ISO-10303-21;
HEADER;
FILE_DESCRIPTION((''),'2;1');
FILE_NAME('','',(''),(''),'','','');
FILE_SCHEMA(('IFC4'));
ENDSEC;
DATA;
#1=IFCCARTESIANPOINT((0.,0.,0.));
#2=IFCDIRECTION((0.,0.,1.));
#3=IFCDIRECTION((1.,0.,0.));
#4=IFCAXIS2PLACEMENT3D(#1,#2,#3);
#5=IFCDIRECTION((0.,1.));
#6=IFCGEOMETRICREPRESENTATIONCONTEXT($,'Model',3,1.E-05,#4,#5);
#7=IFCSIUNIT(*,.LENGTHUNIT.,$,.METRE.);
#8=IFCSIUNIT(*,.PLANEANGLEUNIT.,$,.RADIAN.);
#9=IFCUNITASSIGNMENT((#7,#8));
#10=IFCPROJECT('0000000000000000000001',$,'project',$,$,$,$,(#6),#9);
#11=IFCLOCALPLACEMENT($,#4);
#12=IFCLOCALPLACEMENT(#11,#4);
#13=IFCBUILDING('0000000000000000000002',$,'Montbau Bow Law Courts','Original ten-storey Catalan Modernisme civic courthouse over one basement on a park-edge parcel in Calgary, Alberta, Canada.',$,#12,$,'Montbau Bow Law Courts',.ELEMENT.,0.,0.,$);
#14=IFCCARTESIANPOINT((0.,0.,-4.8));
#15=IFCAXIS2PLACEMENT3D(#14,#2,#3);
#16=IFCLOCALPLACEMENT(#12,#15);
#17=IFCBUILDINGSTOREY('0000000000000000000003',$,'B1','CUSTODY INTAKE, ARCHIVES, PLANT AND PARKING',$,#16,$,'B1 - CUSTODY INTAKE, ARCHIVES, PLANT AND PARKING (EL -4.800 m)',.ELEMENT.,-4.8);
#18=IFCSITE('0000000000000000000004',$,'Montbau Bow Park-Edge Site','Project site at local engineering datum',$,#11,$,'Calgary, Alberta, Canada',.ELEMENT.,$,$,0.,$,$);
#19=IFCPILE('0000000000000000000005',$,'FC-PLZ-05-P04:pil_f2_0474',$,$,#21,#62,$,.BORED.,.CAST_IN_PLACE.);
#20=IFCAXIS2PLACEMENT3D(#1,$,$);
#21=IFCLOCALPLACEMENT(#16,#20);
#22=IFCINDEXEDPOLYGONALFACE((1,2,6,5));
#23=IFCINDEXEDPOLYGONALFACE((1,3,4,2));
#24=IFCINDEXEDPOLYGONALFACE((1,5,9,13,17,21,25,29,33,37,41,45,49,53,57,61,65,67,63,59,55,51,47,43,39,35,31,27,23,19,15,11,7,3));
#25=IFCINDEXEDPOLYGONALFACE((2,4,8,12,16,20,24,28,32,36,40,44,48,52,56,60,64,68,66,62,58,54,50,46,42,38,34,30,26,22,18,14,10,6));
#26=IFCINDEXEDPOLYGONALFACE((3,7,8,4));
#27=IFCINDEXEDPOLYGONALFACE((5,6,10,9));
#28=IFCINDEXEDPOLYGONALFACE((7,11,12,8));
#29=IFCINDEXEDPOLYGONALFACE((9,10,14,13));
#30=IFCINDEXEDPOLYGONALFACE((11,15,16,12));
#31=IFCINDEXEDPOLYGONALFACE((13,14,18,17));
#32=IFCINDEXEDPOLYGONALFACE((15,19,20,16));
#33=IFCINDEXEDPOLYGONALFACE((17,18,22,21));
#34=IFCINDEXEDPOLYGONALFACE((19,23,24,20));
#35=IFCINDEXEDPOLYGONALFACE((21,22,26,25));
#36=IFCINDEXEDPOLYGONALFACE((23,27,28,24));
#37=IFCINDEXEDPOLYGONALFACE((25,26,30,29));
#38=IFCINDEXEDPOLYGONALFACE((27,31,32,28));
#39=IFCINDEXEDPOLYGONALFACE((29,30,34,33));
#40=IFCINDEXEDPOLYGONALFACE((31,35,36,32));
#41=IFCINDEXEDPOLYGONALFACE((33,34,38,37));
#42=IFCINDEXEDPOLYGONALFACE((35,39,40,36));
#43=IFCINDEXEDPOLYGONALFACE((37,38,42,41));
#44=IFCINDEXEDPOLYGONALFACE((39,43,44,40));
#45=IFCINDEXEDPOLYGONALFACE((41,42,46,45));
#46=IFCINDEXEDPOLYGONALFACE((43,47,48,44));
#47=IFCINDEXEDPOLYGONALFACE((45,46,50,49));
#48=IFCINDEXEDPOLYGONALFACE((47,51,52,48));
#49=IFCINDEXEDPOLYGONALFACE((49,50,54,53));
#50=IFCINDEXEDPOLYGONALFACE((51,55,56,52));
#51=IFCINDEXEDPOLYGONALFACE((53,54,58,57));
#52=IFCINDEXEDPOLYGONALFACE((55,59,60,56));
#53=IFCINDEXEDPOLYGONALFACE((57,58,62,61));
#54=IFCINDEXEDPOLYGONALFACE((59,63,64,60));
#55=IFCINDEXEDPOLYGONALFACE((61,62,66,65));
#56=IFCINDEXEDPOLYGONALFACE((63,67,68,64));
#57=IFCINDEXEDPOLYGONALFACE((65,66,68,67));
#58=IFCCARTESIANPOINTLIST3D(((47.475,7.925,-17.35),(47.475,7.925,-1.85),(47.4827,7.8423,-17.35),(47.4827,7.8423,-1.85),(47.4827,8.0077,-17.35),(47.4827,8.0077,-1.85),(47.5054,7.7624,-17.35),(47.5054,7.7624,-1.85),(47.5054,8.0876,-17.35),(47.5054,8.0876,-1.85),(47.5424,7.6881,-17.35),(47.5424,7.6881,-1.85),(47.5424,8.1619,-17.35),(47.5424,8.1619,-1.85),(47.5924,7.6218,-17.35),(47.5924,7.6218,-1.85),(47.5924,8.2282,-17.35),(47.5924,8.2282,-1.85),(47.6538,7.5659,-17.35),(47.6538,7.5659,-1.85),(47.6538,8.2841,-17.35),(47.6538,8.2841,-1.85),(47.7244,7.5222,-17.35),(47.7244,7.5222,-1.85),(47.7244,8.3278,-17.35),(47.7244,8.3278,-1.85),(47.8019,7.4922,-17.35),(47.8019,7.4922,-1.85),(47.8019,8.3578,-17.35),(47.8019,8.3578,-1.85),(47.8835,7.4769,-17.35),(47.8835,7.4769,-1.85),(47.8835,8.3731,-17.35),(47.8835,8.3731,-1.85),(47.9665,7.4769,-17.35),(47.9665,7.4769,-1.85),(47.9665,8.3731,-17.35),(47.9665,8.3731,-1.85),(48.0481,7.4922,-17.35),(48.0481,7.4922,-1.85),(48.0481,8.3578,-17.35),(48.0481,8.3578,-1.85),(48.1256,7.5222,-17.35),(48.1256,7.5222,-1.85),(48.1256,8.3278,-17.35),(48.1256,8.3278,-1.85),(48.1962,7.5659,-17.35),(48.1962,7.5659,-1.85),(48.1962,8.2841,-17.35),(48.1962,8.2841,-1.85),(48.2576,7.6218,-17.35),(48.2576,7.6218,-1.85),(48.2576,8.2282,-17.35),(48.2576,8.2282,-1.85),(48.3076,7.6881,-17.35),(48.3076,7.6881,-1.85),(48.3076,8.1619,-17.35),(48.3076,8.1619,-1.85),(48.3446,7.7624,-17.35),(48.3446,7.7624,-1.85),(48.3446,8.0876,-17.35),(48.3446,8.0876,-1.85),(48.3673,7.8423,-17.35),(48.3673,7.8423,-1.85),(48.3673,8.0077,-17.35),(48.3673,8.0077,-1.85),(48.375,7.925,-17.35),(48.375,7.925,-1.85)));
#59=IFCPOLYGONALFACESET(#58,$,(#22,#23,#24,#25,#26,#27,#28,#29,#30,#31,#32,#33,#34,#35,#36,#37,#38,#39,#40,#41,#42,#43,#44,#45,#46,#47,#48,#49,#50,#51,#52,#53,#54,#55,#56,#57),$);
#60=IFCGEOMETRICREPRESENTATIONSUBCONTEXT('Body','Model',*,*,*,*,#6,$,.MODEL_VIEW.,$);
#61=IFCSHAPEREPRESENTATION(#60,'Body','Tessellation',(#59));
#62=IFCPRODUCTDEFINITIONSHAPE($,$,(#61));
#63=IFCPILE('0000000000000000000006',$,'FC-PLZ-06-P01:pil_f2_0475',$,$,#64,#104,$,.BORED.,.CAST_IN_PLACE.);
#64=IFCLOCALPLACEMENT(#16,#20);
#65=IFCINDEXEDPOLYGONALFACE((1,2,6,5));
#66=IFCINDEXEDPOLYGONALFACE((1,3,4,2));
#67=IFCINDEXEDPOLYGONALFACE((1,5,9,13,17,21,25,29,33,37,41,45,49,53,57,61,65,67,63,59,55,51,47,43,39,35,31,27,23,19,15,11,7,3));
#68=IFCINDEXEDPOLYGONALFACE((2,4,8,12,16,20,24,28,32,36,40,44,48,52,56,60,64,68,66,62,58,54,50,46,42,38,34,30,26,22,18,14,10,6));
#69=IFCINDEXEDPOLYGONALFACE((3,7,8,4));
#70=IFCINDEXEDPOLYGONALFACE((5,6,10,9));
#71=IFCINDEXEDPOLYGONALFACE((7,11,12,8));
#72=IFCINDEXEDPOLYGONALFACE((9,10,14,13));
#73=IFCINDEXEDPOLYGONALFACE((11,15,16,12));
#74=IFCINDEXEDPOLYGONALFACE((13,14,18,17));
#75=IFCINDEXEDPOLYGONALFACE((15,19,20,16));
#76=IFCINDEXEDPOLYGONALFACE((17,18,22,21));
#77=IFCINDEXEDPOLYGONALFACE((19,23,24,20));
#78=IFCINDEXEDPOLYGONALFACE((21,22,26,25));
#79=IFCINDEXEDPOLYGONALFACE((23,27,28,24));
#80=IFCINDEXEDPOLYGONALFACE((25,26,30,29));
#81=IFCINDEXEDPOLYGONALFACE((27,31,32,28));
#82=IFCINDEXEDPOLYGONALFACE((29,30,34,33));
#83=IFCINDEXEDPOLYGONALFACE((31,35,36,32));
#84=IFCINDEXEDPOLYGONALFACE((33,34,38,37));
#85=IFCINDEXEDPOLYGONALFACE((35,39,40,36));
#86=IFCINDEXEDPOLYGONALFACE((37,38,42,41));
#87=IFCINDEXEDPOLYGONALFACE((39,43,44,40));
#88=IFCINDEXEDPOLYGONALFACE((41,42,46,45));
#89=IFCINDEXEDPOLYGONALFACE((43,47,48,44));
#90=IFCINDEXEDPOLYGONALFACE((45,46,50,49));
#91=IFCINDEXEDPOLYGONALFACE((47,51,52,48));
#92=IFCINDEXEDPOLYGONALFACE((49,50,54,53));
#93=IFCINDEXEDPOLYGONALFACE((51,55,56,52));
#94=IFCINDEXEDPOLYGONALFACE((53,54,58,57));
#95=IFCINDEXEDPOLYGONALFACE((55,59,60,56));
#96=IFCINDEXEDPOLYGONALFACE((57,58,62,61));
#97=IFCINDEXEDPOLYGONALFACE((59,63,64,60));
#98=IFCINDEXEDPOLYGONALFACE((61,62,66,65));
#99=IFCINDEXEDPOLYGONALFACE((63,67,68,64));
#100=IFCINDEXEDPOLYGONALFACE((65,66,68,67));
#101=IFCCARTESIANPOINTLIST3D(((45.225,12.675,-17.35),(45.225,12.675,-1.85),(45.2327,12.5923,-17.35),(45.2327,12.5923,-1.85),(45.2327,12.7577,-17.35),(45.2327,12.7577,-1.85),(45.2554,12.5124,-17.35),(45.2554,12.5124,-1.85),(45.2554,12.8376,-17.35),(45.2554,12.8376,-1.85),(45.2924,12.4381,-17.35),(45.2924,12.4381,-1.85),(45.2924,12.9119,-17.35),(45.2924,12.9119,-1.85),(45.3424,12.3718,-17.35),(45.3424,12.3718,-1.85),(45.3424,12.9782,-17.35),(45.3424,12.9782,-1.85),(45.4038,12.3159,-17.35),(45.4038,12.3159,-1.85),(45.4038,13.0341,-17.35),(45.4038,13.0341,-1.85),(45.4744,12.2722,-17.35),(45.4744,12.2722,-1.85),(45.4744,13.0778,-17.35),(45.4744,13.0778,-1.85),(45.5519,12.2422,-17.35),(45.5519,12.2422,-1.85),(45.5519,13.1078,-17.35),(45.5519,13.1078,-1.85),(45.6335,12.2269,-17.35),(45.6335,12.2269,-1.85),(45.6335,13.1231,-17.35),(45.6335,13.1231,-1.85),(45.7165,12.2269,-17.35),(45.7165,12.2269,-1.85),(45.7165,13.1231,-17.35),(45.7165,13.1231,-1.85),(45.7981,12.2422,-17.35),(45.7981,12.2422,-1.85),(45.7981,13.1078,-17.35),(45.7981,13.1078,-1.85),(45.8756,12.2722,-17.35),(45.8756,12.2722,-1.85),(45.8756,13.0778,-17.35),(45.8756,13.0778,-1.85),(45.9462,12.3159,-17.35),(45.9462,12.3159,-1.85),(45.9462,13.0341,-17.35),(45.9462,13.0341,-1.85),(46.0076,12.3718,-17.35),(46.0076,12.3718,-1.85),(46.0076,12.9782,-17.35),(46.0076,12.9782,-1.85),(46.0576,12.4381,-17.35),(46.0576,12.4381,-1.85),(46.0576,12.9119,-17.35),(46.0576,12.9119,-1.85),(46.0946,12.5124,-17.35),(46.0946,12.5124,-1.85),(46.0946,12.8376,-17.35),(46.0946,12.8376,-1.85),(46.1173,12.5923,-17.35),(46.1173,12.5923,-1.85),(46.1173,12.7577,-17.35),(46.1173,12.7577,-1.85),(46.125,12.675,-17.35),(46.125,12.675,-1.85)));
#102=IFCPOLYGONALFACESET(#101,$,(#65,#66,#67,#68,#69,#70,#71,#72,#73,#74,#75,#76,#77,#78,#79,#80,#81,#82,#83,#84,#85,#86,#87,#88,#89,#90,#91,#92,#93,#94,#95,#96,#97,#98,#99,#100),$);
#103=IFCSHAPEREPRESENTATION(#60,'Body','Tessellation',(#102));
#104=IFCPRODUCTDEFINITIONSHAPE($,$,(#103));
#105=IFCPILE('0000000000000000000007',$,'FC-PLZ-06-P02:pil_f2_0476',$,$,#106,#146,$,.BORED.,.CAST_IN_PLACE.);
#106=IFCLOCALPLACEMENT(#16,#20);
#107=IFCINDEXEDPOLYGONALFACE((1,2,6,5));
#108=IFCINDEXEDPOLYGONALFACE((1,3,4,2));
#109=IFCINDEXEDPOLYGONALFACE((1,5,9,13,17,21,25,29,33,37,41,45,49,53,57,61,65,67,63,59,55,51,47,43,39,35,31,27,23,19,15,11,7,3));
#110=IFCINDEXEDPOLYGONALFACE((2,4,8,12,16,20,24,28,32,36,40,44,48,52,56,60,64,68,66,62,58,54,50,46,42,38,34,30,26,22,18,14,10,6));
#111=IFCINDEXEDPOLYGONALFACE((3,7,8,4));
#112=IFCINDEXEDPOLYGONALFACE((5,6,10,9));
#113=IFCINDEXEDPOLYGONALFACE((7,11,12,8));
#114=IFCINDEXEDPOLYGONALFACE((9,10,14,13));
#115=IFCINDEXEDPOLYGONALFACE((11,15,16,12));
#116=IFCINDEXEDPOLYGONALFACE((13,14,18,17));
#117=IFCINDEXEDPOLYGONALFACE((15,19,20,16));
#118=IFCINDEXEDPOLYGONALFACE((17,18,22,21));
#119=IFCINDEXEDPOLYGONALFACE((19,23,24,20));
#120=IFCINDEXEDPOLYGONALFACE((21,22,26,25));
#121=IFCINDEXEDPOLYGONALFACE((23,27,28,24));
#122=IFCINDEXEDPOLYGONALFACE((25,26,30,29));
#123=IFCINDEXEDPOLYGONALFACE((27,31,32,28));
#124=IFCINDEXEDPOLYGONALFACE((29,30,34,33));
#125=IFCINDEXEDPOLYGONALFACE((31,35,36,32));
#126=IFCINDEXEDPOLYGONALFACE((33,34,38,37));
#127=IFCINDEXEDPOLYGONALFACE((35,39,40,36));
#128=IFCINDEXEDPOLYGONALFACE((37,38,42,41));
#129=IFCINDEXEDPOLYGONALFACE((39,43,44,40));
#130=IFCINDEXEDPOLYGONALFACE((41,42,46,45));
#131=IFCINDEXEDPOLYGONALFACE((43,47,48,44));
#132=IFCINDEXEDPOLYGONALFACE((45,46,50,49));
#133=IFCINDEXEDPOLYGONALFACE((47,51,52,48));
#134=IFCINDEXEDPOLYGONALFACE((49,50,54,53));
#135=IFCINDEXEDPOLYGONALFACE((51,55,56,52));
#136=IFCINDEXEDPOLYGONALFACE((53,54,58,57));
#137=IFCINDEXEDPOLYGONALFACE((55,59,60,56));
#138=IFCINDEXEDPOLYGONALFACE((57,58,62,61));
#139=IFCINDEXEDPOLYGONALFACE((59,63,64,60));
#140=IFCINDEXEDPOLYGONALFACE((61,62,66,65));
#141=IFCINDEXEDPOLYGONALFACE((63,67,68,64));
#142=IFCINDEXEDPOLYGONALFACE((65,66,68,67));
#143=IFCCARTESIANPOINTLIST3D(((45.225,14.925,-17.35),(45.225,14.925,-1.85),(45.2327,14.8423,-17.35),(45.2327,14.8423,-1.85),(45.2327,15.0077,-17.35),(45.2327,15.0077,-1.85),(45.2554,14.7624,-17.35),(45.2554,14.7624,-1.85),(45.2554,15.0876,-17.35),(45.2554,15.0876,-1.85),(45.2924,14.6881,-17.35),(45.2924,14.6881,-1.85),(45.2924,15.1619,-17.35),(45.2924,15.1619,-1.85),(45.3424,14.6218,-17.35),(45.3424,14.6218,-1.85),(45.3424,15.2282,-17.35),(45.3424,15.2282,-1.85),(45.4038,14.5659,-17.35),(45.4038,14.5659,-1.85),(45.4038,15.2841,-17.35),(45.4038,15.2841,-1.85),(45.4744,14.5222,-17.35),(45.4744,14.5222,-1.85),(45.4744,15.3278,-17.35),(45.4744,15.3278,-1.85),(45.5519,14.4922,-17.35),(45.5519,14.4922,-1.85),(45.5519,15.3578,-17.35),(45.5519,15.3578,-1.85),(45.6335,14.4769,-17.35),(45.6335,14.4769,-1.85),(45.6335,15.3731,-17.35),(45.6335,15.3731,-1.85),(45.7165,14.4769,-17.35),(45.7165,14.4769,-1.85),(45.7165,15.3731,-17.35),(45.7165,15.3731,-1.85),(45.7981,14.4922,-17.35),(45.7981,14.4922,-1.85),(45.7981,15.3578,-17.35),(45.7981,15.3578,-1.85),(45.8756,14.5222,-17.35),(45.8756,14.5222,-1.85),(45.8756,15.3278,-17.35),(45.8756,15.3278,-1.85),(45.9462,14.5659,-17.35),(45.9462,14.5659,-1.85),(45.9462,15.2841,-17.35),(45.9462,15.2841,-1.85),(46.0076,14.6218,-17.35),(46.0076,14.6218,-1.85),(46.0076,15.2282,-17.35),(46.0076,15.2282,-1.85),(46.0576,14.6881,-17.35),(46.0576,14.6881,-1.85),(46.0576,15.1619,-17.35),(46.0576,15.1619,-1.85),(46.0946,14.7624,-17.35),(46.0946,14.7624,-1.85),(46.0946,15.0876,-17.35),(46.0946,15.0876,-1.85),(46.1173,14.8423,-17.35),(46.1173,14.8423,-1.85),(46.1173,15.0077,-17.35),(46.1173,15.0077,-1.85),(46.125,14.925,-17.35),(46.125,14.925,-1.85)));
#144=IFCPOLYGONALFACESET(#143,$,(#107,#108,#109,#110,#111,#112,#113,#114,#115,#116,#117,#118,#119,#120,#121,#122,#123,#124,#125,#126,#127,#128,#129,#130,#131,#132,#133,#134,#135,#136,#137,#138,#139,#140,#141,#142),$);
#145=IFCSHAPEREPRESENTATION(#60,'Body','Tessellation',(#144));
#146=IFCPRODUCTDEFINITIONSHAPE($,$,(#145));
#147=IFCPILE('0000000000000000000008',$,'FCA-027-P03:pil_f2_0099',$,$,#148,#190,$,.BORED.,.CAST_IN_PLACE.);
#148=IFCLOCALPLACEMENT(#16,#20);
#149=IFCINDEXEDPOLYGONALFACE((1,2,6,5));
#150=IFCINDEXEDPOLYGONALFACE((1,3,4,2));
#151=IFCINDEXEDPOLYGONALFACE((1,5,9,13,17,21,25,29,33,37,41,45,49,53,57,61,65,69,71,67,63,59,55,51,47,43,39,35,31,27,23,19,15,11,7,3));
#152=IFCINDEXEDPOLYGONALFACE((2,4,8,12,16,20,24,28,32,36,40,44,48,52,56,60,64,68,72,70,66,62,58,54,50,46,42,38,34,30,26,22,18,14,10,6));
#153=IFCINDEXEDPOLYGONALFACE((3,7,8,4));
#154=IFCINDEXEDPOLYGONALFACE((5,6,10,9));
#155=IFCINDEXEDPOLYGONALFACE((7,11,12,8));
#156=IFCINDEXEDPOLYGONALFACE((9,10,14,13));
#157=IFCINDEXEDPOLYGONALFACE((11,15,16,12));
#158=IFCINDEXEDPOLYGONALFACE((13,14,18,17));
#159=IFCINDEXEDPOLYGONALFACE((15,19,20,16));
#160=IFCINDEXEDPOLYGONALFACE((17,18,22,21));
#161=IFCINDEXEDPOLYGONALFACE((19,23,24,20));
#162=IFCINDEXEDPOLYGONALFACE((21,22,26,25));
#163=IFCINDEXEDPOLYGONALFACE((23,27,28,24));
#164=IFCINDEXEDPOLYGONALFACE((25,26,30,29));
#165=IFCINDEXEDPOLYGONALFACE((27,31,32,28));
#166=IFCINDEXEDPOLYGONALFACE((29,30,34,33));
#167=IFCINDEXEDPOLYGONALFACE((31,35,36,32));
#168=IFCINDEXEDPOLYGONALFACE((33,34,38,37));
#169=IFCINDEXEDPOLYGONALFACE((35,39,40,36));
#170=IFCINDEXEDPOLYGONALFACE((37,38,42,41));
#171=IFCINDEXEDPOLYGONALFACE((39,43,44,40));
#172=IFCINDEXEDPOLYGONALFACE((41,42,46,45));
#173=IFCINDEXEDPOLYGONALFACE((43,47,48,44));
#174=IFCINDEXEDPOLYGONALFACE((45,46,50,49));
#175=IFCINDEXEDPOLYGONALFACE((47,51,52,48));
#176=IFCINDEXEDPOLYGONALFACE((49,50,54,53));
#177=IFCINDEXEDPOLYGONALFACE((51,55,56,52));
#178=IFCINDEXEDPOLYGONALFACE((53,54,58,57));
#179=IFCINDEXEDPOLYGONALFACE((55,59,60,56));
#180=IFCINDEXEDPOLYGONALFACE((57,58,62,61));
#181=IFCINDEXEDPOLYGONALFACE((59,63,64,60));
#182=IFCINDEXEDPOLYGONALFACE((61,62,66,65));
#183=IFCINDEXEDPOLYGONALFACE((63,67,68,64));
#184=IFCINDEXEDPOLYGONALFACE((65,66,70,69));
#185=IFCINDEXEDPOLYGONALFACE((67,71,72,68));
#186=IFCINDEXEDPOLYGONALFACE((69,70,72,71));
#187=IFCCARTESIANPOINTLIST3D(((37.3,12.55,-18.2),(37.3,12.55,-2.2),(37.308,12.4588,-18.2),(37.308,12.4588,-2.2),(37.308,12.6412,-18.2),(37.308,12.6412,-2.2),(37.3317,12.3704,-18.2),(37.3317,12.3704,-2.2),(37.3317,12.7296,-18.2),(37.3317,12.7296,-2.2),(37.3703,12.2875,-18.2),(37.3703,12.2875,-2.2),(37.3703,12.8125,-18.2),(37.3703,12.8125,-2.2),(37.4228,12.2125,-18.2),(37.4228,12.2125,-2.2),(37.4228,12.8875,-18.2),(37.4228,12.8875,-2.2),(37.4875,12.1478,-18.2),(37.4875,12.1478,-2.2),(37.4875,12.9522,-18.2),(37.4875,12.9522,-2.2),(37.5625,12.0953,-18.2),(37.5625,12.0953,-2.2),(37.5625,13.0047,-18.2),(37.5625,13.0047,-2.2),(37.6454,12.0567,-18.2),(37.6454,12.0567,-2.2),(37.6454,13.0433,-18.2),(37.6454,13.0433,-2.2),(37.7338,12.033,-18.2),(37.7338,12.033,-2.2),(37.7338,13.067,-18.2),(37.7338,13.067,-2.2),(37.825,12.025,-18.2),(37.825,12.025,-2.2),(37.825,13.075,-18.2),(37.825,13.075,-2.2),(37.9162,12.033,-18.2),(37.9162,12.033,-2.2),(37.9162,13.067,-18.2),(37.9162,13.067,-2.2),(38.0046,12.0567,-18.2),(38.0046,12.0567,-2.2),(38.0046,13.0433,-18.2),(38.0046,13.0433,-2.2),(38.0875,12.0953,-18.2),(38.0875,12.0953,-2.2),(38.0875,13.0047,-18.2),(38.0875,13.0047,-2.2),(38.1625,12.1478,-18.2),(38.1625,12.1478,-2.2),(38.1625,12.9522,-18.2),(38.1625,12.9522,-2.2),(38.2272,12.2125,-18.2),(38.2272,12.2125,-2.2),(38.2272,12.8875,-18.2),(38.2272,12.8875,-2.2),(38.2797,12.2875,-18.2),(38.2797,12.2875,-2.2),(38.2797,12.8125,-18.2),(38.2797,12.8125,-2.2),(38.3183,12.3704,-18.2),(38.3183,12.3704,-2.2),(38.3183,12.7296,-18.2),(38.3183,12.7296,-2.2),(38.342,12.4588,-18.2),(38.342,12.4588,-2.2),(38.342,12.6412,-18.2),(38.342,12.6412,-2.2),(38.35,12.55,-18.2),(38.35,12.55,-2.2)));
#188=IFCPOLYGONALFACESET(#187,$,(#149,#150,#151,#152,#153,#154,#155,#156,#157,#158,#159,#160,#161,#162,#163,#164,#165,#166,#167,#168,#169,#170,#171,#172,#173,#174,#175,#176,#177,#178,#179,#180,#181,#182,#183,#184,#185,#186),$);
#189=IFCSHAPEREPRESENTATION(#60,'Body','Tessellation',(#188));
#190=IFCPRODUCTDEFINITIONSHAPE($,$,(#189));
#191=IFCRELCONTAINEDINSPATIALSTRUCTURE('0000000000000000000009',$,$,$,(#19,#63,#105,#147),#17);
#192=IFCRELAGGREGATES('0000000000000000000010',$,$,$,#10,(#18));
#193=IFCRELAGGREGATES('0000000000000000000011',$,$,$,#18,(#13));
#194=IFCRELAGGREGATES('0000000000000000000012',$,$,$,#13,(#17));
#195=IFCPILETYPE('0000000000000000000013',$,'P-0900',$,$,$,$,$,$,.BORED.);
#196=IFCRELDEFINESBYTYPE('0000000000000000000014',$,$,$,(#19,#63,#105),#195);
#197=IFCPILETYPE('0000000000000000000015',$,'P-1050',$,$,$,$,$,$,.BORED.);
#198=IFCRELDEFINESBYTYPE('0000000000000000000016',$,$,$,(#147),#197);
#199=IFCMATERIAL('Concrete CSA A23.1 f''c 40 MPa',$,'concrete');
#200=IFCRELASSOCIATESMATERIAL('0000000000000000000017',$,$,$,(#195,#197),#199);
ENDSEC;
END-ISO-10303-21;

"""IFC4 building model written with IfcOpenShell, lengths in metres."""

from ifc_helpers import new_model, si_unit, direction, frame, origin_with_axes, origin_2d_with_axis, place, context, subcontext, project, spatial, circle, extrude, material, material_profile, profile_set, type_object, element, save


model = new_model("IFC4")

# Units and contexts
model_context = context("Model", 3, precision=1e-05, world=origin_with_axes(), true_north=direction((0.0, 1.0)))
body_context = subcontext(model_context, "Body", "Model", "MODEL_VIEW")
ifc_project = project(units=[si_unit("LENGTHUNIT", "METRE"), si_unit("PLANEANGLEUNIT", "RADIAN")], contexts=[model_context])

# Site, building, storey
site_placement = place(None, origin_with_axes())
site = spatial("IfcSite", under=ifc_project, at=site_placement, Name="Montbau Bow Park-Edge Site", Description="Project site at local engineering datum", LongName="Calgary, Alberta, Canada", CompositionType="ELEMENT", RefElevation=0.0)
building_placement = place(site_placement, origin_with_axes())
building = spatial("IfcBuilding", under=site, at=building_placement, Name="Montbau Bow Law Courts", Description="Original ten-storey Catalan Modernisme civic courthouse over one basement on a park-edge parcel in Calgary, Alberta, Canada.", LongName="Montbau Bow Law Courts", CompositionType="ELEMENT", ElevationOfRefHeight=0.0, ElevationOfTerrain=0.0)
storey_placement = place(building_placement, frame((0.0, 0.0, -4.8), z_axis=(0.0, 0.0, 1.0), x_axis=(1.0, 0.0, 0.0)))
storey = spatial("IfcBuildingStorey", under=building, at=storey_placement, Name="B1", Description="CUSTODY INTAKE, ARCHIVES, PLANT AND PARKING", LongName="B1 - CUSTODY INTAKE, ARCHIVES, PLANT AND PARKING (EL -4.800 m)", CompositionType="ELEMENT", Elevation=-4.8)

# Piles
ifc_material_1 = material(Name="Concrete CSA A23.1 f'c 40 MPa", Category="concrete")
ifc_material_profile_1 = material_profile(ifc_material_1, circle(Radius=0.45, at=origin_2d_with_axis()), Name="BP900", Category="Main", Priority=0)
ifc_profile_set_1 = profile_set([ifc_material_profile_1], Name="Concrete CSA A23.1 f'c 40 MPa")
pile_type_1 = type_object("IfcPileType", Name="P-0900", PredefinedType="BORED", material=ifc_profile_set_1)
for number, where, z_axis, x_axis, name in (
    (1, (47.925, 7.925, -22.15), (0.0, 0.0, 1.0), (1.0, 0.0, 0.0), "FC-PLZ-05-P04:pil_f2_0474"),
    (2, (45.675, 12.675, -22.15), (0.0, 0.0, 1.0), (1.0, 0.0, 0.0), "FC-PLZ-06-P01:pil_f2_0475"),
    (3, (45.675, 14.925, -22.15), (0.0, 0.0, 1.0), (1.0, 0.0, 0.0), "FC-PLZ-06-P02:pil_f2_0476"),
):
    element("IfcPile", number, at=place(None, frame(where, z_axis=z_axis, x_axis=x_axis)), inside=storey, type_object=pile_type_1, Name=name, ConstructionType="CAST_IN_PLACE", PredefinedType="BORED", context=body_context, shape_type="SweptSolid", body=[
        extrude(circle(Radius=0.45, at=origin_2d_with_axis()), origin_with_axes(), (0.0, 0.0, 1.0), 15.5),
    ])
ifc_material_profile_2 = material_profile(ifc_material_1, circle(Radius=0.525, at=origin_2d_with_axis()), Name="BP1050", Category="Main", Priority=0)
ifc_profile_set_2 = profile_set([ifc_material_profile_2], Name="Concrete CSA A23.1 f'c 40 MPa")
pile_type_2 = type_object("IfcPileType", Name="P-1050", PredefinedType="BORED", material=ifc_profile_set_2)
for number, where, z_axis, x_axis, name in (
    (4, (37.825, 12.55, -23.0), (0.0, 0.0, 1.0), (1.0, 0.0, 0.0), "FCA-027-P03:pil_f2_0099"),
):
    element("IfcPile", number, at=place(None, frame(where, z_axis=z_axis, x_axis=x_axis)), inside=storey, type_object=pile_type_2, Name=name, ConstructionType="CAST_IN_PLACE", PredefinedType="BORED", context=body_context, shape_type="SweptSolid", body=[
        extrude(circle(Radius=0.525, at=origin_2d_with_axis()), origin_with_axes(), (0.0, 0.0, 1.0), 16.0),
    ])

save(model, "model.ifc")
